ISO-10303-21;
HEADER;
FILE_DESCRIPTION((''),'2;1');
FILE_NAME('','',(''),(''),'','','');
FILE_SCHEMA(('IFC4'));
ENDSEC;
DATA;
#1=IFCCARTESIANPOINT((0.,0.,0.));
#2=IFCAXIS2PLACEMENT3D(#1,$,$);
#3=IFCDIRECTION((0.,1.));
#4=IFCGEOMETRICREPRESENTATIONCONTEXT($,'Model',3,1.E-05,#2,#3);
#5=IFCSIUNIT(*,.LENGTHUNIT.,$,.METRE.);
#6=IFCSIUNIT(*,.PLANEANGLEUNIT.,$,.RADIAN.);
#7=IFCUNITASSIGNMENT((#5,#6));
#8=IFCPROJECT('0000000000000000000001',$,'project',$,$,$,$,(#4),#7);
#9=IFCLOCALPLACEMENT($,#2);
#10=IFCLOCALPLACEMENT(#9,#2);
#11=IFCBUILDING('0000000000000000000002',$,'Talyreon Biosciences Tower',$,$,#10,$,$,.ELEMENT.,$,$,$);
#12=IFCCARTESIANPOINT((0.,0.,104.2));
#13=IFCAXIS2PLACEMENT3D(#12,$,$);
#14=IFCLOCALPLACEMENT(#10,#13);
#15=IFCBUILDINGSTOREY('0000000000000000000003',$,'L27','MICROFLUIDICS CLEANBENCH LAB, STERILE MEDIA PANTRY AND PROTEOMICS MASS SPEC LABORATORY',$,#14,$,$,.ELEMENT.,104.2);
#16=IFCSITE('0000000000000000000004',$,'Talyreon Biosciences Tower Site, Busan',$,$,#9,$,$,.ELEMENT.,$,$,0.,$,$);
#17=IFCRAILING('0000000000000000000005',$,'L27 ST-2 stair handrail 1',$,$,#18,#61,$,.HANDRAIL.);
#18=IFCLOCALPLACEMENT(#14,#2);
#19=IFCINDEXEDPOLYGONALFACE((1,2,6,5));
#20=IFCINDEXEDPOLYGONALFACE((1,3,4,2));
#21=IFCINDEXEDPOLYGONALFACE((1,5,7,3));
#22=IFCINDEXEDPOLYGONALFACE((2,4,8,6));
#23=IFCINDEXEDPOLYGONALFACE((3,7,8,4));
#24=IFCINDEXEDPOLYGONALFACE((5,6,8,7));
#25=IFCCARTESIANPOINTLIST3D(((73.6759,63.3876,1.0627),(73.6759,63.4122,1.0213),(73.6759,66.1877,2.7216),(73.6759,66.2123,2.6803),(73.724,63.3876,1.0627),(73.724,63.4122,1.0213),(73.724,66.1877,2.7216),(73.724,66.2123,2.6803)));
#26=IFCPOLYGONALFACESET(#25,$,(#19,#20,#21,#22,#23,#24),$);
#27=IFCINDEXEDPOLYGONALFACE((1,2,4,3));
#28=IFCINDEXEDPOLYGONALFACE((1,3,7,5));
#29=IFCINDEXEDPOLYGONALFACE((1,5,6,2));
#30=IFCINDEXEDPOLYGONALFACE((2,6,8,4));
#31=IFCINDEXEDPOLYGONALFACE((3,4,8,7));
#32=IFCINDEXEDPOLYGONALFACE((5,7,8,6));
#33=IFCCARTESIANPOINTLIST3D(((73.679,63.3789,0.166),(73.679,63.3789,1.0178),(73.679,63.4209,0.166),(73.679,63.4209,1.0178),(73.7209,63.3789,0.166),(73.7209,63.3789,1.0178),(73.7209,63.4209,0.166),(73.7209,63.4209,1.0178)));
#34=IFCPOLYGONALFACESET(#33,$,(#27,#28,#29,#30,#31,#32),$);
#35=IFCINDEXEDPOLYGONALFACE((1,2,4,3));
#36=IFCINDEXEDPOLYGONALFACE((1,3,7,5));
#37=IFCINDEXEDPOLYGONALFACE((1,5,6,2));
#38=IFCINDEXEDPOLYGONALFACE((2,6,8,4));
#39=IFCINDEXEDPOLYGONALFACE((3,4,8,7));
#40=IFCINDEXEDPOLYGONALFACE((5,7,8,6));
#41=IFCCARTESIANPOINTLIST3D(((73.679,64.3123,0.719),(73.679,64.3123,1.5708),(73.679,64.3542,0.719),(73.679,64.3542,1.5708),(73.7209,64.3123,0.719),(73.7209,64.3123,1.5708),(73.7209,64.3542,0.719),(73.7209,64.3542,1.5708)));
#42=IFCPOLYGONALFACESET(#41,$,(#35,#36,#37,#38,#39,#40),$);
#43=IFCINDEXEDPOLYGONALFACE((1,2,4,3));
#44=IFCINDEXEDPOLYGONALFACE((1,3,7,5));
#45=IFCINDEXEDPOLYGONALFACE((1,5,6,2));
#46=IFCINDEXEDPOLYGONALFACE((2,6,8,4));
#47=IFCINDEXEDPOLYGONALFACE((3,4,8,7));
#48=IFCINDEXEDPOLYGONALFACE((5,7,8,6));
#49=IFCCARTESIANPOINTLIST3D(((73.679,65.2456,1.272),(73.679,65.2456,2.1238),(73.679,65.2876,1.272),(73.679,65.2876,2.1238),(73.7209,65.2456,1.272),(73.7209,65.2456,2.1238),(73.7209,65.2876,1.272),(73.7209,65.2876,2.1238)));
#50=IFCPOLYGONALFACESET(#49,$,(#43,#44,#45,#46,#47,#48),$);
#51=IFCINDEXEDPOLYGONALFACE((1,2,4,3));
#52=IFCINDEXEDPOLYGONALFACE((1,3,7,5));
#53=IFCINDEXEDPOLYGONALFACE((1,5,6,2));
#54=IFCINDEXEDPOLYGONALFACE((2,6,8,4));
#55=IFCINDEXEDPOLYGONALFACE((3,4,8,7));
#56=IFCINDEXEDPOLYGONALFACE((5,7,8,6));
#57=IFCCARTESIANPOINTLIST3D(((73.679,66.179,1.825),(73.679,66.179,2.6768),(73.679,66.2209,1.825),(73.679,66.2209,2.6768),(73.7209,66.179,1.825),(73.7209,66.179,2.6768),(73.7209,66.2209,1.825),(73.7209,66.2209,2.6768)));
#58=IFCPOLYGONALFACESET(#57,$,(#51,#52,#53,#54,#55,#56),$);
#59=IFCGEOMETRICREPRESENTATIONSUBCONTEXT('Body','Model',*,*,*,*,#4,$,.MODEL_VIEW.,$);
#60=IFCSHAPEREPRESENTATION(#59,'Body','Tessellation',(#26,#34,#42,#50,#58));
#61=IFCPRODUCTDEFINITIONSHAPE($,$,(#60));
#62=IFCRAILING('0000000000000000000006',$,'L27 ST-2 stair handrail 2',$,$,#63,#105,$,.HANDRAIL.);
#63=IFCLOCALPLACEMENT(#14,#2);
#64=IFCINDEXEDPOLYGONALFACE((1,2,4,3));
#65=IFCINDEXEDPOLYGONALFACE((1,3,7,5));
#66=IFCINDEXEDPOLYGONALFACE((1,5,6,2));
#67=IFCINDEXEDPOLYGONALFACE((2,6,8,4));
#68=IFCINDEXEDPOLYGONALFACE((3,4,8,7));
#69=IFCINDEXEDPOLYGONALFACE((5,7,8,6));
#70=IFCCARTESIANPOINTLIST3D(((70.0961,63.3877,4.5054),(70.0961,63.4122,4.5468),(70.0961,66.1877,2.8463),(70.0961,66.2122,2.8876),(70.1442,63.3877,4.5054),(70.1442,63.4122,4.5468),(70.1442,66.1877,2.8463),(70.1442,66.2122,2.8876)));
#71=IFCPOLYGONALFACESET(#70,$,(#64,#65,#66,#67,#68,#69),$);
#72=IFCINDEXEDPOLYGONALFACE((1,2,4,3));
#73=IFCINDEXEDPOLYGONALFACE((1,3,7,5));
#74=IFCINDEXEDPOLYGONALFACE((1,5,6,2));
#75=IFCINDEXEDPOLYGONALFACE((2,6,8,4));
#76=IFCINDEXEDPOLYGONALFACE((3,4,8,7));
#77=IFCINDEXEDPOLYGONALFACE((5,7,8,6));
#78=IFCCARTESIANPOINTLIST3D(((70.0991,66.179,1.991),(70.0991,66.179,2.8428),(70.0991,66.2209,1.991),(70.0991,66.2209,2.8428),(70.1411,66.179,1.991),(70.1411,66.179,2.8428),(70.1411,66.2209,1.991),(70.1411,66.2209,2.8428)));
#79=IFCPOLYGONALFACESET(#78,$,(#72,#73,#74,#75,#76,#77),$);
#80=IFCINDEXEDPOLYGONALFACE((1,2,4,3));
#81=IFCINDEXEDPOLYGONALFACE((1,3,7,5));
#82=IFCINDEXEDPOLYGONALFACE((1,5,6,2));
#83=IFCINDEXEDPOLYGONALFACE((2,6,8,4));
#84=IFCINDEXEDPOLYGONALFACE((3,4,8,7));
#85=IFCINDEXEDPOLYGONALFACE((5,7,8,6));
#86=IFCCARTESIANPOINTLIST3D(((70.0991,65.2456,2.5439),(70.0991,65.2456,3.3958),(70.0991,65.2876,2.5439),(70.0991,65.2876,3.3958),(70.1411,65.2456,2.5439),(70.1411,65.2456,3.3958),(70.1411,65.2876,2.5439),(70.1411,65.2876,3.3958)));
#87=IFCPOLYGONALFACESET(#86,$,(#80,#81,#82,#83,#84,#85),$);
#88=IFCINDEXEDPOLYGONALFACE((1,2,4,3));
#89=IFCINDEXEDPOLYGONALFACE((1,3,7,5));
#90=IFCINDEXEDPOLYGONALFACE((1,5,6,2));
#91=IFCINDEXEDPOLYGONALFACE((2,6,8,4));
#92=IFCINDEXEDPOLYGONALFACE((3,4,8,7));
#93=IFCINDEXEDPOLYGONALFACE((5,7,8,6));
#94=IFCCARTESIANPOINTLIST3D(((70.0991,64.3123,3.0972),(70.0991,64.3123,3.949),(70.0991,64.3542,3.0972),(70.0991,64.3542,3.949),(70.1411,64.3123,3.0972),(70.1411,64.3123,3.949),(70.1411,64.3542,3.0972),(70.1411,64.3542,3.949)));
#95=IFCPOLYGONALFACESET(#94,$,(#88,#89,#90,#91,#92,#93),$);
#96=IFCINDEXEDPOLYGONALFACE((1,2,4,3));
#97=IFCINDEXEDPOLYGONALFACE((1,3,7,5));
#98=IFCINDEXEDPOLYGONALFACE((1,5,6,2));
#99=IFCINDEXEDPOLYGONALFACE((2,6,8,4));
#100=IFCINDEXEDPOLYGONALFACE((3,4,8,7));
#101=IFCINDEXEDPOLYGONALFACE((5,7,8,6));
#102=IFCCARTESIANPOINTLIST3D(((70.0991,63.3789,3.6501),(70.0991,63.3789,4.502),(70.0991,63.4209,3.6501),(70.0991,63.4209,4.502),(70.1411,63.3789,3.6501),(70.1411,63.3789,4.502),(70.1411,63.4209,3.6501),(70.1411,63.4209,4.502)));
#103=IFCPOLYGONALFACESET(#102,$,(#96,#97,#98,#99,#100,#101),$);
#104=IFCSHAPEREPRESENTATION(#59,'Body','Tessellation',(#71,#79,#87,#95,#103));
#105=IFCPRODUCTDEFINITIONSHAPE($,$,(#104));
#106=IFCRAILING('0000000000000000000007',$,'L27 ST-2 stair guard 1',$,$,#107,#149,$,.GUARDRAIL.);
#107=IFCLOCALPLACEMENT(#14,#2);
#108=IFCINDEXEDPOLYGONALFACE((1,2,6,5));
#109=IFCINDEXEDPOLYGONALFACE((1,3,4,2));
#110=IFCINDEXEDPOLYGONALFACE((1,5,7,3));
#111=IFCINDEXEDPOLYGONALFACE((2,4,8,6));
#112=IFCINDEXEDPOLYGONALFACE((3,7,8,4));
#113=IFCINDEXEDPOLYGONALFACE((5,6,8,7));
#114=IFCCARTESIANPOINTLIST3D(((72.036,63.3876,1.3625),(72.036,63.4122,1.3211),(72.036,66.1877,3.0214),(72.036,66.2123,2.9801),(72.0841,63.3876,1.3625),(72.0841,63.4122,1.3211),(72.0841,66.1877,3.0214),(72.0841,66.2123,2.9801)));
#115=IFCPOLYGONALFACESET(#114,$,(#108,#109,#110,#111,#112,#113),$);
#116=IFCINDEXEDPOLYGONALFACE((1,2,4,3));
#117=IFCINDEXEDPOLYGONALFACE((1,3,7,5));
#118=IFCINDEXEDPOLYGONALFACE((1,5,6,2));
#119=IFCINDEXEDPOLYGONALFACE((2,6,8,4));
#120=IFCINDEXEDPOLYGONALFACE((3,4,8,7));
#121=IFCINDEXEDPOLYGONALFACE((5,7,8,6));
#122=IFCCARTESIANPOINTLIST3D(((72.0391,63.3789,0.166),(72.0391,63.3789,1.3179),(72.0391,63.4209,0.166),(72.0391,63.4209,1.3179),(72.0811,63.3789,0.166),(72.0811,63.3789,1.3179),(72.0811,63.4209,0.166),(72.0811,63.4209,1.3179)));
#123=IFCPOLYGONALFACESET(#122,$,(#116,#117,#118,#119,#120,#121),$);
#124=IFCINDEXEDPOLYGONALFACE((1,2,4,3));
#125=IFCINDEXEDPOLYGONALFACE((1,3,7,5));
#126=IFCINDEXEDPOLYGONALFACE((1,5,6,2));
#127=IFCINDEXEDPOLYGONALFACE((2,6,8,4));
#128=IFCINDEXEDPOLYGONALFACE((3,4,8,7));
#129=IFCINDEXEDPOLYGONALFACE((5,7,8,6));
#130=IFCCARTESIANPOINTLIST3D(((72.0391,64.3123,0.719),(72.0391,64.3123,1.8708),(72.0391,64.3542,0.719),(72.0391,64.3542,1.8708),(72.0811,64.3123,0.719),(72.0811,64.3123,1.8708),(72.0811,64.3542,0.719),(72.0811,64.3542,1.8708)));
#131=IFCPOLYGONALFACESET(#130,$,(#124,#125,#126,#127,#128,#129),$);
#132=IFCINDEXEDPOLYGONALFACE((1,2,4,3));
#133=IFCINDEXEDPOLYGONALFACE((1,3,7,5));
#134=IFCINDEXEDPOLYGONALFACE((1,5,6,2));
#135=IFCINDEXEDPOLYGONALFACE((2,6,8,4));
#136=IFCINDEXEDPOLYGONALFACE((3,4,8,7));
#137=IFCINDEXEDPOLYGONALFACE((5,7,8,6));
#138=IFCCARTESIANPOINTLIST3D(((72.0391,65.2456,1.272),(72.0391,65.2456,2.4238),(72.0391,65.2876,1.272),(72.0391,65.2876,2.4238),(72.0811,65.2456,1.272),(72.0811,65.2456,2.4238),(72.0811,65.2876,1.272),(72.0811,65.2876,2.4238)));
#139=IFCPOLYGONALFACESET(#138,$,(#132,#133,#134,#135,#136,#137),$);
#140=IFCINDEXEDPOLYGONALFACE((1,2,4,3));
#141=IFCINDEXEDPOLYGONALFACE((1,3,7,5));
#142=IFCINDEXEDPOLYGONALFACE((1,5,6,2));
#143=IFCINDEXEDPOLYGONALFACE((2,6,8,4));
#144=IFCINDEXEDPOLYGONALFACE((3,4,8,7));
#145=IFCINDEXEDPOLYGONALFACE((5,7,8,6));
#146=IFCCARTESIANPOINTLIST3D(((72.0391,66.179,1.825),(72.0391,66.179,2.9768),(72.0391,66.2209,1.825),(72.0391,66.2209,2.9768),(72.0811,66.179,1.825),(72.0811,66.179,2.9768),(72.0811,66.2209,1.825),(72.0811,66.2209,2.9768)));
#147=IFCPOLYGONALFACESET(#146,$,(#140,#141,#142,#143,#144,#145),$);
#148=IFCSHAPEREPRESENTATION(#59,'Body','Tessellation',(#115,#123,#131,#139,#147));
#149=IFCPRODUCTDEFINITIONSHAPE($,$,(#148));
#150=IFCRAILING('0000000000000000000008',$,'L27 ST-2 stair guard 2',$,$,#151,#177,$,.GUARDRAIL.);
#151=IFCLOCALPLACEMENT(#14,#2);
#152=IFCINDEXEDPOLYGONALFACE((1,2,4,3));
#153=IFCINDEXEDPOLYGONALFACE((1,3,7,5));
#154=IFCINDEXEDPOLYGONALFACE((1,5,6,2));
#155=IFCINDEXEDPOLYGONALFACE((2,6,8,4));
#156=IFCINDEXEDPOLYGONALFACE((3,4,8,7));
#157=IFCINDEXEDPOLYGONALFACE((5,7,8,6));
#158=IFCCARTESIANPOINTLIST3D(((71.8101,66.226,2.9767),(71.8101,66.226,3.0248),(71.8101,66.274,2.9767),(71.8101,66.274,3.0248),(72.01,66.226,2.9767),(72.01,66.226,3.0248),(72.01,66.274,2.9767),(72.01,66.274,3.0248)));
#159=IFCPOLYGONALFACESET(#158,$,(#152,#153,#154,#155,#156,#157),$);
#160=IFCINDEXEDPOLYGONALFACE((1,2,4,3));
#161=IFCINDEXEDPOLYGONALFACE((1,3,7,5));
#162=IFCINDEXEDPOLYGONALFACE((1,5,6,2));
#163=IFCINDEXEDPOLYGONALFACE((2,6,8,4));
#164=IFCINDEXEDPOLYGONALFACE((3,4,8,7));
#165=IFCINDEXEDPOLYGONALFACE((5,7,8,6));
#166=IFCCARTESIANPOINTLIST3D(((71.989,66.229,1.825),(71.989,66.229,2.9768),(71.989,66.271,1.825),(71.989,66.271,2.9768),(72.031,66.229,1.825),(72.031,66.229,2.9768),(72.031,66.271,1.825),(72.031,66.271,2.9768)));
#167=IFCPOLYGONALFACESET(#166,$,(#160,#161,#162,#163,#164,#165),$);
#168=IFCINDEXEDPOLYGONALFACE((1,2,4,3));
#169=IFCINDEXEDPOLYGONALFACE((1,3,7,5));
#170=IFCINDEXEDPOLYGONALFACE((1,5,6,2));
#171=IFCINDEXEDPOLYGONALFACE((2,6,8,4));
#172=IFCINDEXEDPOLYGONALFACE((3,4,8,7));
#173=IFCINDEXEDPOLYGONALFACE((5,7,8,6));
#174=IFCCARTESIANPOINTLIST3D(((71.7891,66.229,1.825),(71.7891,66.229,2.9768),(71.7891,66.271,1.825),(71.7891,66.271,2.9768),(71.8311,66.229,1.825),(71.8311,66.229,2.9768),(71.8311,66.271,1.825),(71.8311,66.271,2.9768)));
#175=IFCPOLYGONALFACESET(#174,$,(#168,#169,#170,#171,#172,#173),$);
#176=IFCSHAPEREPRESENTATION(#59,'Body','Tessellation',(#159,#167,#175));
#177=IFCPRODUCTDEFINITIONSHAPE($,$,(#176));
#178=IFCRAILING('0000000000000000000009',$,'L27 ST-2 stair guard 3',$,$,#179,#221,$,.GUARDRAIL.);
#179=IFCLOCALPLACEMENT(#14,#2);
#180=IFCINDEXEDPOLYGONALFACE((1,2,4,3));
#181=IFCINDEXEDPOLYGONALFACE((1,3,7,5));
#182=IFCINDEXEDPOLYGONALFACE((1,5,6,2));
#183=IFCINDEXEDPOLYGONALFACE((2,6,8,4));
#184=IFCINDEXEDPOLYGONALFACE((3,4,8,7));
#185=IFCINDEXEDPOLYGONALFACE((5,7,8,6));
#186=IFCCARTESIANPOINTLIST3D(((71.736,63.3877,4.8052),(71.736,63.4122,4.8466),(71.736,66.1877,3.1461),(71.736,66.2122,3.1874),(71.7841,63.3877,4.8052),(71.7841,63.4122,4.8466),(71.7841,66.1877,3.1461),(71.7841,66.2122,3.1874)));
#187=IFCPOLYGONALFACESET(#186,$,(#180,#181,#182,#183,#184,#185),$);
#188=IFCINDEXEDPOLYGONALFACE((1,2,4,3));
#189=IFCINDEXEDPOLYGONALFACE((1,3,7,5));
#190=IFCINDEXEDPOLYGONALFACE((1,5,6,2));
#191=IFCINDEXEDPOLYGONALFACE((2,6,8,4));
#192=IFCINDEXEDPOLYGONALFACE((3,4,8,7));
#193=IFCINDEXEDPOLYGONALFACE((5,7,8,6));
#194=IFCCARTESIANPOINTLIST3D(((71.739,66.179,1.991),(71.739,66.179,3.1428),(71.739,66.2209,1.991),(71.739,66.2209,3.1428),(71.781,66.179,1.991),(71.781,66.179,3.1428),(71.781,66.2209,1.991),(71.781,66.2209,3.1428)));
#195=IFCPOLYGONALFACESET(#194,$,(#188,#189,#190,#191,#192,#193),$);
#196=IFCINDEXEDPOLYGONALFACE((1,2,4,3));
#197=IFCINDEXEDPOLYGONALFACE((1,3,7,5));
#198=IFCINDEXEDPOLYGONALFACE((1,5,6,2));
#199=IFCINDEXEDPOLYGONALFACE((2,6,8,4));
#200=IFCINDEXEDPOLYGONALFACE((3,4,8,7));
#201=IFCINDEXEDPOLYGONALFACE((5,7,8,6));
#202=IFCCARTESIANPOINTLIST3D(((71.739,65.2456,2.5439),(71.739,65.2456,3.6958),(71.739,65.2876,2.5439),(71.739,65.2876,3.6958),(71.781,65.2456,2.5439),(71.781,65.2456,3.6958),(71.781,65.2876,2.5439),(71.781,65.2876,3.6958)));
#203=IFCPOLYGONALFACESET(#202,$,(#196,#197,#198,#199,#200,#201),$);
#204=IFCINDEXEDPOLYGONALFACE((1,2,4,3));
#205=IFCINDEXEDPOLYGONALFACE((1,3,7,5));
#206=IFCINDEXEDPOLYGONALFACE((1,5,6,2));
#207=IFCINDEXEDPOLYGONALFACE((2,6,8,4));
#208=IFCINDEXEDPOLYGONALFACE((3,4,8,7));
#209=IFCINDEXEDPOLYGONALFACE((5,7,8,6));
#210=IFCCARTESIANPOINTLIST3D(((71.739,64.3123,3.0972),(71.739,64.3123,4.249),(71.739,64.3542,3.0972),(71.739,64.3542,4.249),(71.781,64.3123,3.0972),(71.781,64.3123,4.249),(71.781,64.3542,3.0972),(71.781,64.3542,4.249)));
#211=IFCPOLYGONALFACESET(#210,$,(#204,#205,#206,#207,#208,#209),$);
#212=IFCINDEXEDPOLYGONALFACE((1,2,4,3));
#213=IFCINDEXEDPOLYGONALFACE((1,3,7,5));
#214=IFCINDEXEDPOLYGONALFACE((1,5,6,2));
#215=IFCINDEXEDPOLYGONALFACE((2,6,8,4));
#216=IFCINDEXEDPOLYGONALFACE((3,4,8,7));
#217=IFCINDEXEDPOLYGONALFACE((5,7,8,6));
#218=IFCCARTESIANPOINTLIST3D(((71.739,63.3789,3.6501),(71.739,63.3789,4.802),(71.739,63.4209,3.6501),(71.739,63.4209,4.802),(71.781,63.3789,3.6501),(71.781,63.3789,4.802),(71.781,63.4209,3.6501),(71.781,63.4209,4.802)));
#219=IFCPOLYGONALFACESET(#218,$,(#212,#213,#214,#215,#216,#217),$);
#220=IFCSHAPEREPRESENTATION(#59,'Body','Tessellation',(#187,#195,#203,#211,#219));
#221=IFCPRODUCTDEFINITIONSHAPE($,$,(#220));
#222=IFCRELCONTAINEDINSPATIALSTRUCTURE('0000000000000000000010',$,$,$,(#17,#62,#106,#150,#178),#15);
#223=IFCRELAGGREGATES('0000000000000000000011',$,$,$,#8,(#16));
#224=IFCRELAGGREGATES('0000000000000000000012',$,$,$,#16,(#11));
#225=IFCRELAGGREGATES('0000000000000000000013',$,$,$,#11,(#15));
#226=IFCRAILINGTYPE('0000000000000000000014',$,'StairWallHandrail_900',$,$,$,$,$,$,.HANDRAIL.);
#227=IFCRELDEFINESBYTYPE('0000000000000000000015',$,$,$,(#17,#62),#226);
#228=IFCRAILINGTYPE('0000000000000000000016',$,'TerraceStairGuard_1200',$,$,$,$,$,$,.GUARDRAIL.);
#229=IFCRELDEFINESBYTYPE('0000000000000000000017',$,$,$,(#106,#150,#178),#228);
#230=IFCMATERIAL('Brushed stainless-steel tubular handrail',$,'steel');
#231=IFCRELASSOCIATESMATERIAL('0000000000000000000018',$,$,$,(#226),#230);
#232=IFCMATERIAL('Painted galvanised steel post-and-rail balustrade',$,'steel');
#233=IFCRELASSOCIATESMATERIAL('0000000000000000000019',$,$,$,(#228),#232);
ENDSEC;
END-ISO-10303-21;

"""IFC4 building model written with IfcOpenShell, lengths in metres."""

from ifc_helpers import new_model, si_unit, direction, frame, origin, origin_2d, place, context, subcontext, project, spatial, rectangle, extrude, material, type_object, element, save


model = new_model("IFC4")

# Units and contexts
model_context = context("Model", 3, precision=1e-05, world=origin(), true_north=direction((0.0, 1.0)))
body_context = subcontext(model_context, "Body", "Model", "MODEL_VIEW")
ifc_project = project(units=[si_unit("LENGTHUNIT", "METRE"), si_unit("PLANEANGLEUNIT", "RADIAN")], contexts=[model_context])

# Site, building, storey
site_placement = place(None, origin())
site = spatial("IfcSite", under=ifc_project, at=site_placement, Name="Talyreon Biosciences Tower Site, Busan", CompositionType="ELEMENT", RefElevation=0.0)
building_placement = place(site_placement, origin())
building = spatial("IfcBuilding", under=site, at=building_placement, Name="Talyreon Biosciences Tower", CompositionType="ELEMENT")
storey_placement = place(building_placement, frame((0.0, 0.0, 104.2)))
storey = spatial("IfcBuildingStorey", under=building, at=storey_placement, Name="L27", Description="MICROFLUIDICS CLEANBENCH LAB, STERILE MEDIA PANTRY AND PROTEOMICS MASS SPEC LABORATORY", CompositionType="ELEMENT", Elevation=104.2)

# Railings
ifc_material_1 = material(Name="Brushed stainless-steel tubular handrail", Category="steel")
railing_type_1 = type_object("IfcRailingType", Name="StairWallHandrail_900", PredefinedType="HANDRAIL", material=ifc_material_1)
railing_1_placement = place(storey_placement, frame((73.7, 63.3999, 0.166)))
element("IfcRailing", 1, at=railing_1_placement, inside=storey, type_object=railing_type_1, Name="L27 ST-2 stair handrail 1", PredefinedType="HANDRAIL", context=body_context, shape_type="SweptSolid", body=[
    extrude(rectangle(XDim=0.0481, YDim=0.0481, at=origin_2d()), frame((0.0, 0.0, 0.876), z_axis=(0.0, 0.860339, 0.509722), x_axis=(-1.0, 0.0, 0.0)), (0.0, 0.0, 1.0), 3.2546),
    extrude(rectangle(XDim=0.042, YDim=0.042, at=origin_2d()), origin(), (0.0, 0.0, 1.0), 0.8518),
    extrude(rectangle(XDim=0.042, YDim=0.042, at=origin_2d()), frame((0.0, 0.9333, 0.553)), (0.0, 0.0, 1.0), 0.8518),
    extrude(rectangle(XDim=0.042, YDim=0.042, at=origin_2d()), frame((0.0, 1.8667, 1.106)), (0.0, 0.0, 1.0), 0.8518),
    extrude(rectangle(XDim=0.042, YDim=0.042, at=origin_2d()), frame((0.0, 2.8, 1.6589)), (0.0, 0.0, 1.0), 0.8518),
])
railing_2_placement = place(storey_placement, frame((70.1201, 66.2, 1.991)))
element("IfcRailing", 2, at=railing_2_placement, inside=storey, type_object=railing_type_1, Name="L27 ST-2 stair handrail 2", PredefinedType="HANDRAIL", context=body_context, shape_type="SweptSolid", body=[
    extrude(rectangle(XDim=0.0481, YDim=0.0481, at=origin_2d()), frame((0.0, 0.0, 0.876), z_axis=(0.0, -0.860306, 0.509778), x_axis=(1.0, 0.0, 0.0)), (0.0, 0.0, 1.0), 3.2546),
    extrude(rectangle(XDim=0.042, YDim=0.042, at=origin_2d()), origin(), (0.0, 0.0, 1.0), 0.8518),
    extrude(rectangle(XDim=0.042, YDim=0.042, at=origin_2d()), frame((0.0, -0.9333, 0.553)), (0.0, 0.0, 1.0), 0.8518),
    extrude(rectangle(XDim=0.042, YDim=0.042, at=origin_2d()), frame((0.0, -1.8667, 1.1062)), (0.0, 0.0, 1.0), 0.8518),
    extrude(rectangle(XDim=0.042, YDim=0.042, at=origin_2d()), frame((0.0, -2.8, 1.6592)), (0.0, 0.0, 1.0), 0.8518),
])
ifc_material_2 = material(Name="Painted galvanised steel post-and-rail balustrade", Category="steel")
railing_type_2 = type_object("IfcRailingType", Name="TerraceStairGuard_1200", PredefinedType="GUARDRAIL", material=ifc_material_2)
railing_3_placement = place(storey_placement, frame((72.0601, 63.3999, 0.166)))
element("IfcRailing", 3, at=railing_3_placement, inside=storey, type_object=railing_type_2, Name="L27 ST-2 stair guard 1", PredefinedType="GUARDRAIL", context=body_context, shape_type="SweptSolid", body=[
    extrude(rectangle(XDim=0.0481, YDim=0.0481, at=origin_2d()), frame((0.0, 0.0, 1.1758), z_axis=(0.0, 0.860339, 0.509722), x_axis=(-1.0, 0.0, 0.0)), (0.0, 0.0, 1.0), 3.2546),
    extrude(rectangle(XDim=0.042, YDim=0.042, at=origin_2d()), origin(), (0.0, 0.0, 1.0), 1.1519),
    extrude(rectangle(XDim=0.042, YDim=0.042, at=origin_2d()), frame((0.0, 0.9333, 0.553)), (0.0, 0.0, 1.0), 1.1519),
    extrude(rectangle(XDim=0.042, YDim=0.042, at=origin_2d()), frame((0.0, 1.8667, 1.106)), (0.0, 0.0, 1.0), 1.1519),
    extrude(rectangle(XDim=0.042, YDim=0.042, at=origin_2d()), frame((0.0, 2.8, 1.6589)), (0.0, 0.0, 1.0), 1.1519),
])
railing_4_placement = place(storey_placement, frame((72.01, 66.25, 1.825)))
element("IfcRailing", 4, at=railing_4_placement, inside=storey, type_object=railing_type_2, Name="L27 ST-2 stair guard 2", PredefinedType="GUARDRAIL", context=body_context, shape_type="SweptSolid", body=[
    extrude(rectangle(XDim=0.0481, YDim=0.0481, at=origin_2d()), frame((0.0, 0.0, 1.1758), z_axis=(-1.0, 0.0, 0.0), x_axis=(0.0, -1.0, 0.0)), (0.0, 0.0, 1.0), 0.2),
    extrude(rectangle(XDim=0.042, YDim=0.042, at=origin_2d()), origin(), (0.0, 0.0, 1.0), 1.1519),
    extrude(rectangle(XDim=0.042, YDim=0.042, at=origin_2d()), frame((-0.2, 0.0, 0.0)), (0.0, 0.0, 1.0), 1.1519),
])
railing_5_placement = place(storey_placement, frame((71.76, 66.2, 1.991)))
element("IfcRailing", 5, at=railing_5_placement, inside=storey, type_object=railing_type_2, Name="L27 ST-2 stair guard 3", PredefinedType="GUARDRAIL", context=body_context, shape_type="SweptSolid", body=[
    extrude(rectangle(XDim=0.0481, YDim=0.0481, at=origin_2d()), frame((0.0, 0.0, 1.1758), z_axis=(0.0, -0.860306, 0.509778), x_axis=(1.0, 0.0, 0.0)), (0.0, 0.0, 1.0), 3.2546),
    extrude(rectangle(XDim=0.042, YDim=0.042, at=origin_2d()), origin(), (0.0, 0.0, 1.0), 1.1519),
    extrude(rectangle(XDim=0.042, YDim=0.042, at=origin_2d()), frame((0.0, -0.9333, 0.553)), (0.0, 0.0, 1.0), 1.1519),
    extrude(rectangle(XDim=0.042, YDim=0.042, at=origin_2d()), frame((0.0, -1.8667, 1.1062)), (0.0, 0.0, 1.0), 1.1519),
    extrude(rectangle(XDim=0.042, YDim=0.042, at=origin_2d()), frame((0.0, -2.8, 1.6592)), (0.0, 0.0, 1.0), 1.1519),
])

save(model, "model.ifc")
